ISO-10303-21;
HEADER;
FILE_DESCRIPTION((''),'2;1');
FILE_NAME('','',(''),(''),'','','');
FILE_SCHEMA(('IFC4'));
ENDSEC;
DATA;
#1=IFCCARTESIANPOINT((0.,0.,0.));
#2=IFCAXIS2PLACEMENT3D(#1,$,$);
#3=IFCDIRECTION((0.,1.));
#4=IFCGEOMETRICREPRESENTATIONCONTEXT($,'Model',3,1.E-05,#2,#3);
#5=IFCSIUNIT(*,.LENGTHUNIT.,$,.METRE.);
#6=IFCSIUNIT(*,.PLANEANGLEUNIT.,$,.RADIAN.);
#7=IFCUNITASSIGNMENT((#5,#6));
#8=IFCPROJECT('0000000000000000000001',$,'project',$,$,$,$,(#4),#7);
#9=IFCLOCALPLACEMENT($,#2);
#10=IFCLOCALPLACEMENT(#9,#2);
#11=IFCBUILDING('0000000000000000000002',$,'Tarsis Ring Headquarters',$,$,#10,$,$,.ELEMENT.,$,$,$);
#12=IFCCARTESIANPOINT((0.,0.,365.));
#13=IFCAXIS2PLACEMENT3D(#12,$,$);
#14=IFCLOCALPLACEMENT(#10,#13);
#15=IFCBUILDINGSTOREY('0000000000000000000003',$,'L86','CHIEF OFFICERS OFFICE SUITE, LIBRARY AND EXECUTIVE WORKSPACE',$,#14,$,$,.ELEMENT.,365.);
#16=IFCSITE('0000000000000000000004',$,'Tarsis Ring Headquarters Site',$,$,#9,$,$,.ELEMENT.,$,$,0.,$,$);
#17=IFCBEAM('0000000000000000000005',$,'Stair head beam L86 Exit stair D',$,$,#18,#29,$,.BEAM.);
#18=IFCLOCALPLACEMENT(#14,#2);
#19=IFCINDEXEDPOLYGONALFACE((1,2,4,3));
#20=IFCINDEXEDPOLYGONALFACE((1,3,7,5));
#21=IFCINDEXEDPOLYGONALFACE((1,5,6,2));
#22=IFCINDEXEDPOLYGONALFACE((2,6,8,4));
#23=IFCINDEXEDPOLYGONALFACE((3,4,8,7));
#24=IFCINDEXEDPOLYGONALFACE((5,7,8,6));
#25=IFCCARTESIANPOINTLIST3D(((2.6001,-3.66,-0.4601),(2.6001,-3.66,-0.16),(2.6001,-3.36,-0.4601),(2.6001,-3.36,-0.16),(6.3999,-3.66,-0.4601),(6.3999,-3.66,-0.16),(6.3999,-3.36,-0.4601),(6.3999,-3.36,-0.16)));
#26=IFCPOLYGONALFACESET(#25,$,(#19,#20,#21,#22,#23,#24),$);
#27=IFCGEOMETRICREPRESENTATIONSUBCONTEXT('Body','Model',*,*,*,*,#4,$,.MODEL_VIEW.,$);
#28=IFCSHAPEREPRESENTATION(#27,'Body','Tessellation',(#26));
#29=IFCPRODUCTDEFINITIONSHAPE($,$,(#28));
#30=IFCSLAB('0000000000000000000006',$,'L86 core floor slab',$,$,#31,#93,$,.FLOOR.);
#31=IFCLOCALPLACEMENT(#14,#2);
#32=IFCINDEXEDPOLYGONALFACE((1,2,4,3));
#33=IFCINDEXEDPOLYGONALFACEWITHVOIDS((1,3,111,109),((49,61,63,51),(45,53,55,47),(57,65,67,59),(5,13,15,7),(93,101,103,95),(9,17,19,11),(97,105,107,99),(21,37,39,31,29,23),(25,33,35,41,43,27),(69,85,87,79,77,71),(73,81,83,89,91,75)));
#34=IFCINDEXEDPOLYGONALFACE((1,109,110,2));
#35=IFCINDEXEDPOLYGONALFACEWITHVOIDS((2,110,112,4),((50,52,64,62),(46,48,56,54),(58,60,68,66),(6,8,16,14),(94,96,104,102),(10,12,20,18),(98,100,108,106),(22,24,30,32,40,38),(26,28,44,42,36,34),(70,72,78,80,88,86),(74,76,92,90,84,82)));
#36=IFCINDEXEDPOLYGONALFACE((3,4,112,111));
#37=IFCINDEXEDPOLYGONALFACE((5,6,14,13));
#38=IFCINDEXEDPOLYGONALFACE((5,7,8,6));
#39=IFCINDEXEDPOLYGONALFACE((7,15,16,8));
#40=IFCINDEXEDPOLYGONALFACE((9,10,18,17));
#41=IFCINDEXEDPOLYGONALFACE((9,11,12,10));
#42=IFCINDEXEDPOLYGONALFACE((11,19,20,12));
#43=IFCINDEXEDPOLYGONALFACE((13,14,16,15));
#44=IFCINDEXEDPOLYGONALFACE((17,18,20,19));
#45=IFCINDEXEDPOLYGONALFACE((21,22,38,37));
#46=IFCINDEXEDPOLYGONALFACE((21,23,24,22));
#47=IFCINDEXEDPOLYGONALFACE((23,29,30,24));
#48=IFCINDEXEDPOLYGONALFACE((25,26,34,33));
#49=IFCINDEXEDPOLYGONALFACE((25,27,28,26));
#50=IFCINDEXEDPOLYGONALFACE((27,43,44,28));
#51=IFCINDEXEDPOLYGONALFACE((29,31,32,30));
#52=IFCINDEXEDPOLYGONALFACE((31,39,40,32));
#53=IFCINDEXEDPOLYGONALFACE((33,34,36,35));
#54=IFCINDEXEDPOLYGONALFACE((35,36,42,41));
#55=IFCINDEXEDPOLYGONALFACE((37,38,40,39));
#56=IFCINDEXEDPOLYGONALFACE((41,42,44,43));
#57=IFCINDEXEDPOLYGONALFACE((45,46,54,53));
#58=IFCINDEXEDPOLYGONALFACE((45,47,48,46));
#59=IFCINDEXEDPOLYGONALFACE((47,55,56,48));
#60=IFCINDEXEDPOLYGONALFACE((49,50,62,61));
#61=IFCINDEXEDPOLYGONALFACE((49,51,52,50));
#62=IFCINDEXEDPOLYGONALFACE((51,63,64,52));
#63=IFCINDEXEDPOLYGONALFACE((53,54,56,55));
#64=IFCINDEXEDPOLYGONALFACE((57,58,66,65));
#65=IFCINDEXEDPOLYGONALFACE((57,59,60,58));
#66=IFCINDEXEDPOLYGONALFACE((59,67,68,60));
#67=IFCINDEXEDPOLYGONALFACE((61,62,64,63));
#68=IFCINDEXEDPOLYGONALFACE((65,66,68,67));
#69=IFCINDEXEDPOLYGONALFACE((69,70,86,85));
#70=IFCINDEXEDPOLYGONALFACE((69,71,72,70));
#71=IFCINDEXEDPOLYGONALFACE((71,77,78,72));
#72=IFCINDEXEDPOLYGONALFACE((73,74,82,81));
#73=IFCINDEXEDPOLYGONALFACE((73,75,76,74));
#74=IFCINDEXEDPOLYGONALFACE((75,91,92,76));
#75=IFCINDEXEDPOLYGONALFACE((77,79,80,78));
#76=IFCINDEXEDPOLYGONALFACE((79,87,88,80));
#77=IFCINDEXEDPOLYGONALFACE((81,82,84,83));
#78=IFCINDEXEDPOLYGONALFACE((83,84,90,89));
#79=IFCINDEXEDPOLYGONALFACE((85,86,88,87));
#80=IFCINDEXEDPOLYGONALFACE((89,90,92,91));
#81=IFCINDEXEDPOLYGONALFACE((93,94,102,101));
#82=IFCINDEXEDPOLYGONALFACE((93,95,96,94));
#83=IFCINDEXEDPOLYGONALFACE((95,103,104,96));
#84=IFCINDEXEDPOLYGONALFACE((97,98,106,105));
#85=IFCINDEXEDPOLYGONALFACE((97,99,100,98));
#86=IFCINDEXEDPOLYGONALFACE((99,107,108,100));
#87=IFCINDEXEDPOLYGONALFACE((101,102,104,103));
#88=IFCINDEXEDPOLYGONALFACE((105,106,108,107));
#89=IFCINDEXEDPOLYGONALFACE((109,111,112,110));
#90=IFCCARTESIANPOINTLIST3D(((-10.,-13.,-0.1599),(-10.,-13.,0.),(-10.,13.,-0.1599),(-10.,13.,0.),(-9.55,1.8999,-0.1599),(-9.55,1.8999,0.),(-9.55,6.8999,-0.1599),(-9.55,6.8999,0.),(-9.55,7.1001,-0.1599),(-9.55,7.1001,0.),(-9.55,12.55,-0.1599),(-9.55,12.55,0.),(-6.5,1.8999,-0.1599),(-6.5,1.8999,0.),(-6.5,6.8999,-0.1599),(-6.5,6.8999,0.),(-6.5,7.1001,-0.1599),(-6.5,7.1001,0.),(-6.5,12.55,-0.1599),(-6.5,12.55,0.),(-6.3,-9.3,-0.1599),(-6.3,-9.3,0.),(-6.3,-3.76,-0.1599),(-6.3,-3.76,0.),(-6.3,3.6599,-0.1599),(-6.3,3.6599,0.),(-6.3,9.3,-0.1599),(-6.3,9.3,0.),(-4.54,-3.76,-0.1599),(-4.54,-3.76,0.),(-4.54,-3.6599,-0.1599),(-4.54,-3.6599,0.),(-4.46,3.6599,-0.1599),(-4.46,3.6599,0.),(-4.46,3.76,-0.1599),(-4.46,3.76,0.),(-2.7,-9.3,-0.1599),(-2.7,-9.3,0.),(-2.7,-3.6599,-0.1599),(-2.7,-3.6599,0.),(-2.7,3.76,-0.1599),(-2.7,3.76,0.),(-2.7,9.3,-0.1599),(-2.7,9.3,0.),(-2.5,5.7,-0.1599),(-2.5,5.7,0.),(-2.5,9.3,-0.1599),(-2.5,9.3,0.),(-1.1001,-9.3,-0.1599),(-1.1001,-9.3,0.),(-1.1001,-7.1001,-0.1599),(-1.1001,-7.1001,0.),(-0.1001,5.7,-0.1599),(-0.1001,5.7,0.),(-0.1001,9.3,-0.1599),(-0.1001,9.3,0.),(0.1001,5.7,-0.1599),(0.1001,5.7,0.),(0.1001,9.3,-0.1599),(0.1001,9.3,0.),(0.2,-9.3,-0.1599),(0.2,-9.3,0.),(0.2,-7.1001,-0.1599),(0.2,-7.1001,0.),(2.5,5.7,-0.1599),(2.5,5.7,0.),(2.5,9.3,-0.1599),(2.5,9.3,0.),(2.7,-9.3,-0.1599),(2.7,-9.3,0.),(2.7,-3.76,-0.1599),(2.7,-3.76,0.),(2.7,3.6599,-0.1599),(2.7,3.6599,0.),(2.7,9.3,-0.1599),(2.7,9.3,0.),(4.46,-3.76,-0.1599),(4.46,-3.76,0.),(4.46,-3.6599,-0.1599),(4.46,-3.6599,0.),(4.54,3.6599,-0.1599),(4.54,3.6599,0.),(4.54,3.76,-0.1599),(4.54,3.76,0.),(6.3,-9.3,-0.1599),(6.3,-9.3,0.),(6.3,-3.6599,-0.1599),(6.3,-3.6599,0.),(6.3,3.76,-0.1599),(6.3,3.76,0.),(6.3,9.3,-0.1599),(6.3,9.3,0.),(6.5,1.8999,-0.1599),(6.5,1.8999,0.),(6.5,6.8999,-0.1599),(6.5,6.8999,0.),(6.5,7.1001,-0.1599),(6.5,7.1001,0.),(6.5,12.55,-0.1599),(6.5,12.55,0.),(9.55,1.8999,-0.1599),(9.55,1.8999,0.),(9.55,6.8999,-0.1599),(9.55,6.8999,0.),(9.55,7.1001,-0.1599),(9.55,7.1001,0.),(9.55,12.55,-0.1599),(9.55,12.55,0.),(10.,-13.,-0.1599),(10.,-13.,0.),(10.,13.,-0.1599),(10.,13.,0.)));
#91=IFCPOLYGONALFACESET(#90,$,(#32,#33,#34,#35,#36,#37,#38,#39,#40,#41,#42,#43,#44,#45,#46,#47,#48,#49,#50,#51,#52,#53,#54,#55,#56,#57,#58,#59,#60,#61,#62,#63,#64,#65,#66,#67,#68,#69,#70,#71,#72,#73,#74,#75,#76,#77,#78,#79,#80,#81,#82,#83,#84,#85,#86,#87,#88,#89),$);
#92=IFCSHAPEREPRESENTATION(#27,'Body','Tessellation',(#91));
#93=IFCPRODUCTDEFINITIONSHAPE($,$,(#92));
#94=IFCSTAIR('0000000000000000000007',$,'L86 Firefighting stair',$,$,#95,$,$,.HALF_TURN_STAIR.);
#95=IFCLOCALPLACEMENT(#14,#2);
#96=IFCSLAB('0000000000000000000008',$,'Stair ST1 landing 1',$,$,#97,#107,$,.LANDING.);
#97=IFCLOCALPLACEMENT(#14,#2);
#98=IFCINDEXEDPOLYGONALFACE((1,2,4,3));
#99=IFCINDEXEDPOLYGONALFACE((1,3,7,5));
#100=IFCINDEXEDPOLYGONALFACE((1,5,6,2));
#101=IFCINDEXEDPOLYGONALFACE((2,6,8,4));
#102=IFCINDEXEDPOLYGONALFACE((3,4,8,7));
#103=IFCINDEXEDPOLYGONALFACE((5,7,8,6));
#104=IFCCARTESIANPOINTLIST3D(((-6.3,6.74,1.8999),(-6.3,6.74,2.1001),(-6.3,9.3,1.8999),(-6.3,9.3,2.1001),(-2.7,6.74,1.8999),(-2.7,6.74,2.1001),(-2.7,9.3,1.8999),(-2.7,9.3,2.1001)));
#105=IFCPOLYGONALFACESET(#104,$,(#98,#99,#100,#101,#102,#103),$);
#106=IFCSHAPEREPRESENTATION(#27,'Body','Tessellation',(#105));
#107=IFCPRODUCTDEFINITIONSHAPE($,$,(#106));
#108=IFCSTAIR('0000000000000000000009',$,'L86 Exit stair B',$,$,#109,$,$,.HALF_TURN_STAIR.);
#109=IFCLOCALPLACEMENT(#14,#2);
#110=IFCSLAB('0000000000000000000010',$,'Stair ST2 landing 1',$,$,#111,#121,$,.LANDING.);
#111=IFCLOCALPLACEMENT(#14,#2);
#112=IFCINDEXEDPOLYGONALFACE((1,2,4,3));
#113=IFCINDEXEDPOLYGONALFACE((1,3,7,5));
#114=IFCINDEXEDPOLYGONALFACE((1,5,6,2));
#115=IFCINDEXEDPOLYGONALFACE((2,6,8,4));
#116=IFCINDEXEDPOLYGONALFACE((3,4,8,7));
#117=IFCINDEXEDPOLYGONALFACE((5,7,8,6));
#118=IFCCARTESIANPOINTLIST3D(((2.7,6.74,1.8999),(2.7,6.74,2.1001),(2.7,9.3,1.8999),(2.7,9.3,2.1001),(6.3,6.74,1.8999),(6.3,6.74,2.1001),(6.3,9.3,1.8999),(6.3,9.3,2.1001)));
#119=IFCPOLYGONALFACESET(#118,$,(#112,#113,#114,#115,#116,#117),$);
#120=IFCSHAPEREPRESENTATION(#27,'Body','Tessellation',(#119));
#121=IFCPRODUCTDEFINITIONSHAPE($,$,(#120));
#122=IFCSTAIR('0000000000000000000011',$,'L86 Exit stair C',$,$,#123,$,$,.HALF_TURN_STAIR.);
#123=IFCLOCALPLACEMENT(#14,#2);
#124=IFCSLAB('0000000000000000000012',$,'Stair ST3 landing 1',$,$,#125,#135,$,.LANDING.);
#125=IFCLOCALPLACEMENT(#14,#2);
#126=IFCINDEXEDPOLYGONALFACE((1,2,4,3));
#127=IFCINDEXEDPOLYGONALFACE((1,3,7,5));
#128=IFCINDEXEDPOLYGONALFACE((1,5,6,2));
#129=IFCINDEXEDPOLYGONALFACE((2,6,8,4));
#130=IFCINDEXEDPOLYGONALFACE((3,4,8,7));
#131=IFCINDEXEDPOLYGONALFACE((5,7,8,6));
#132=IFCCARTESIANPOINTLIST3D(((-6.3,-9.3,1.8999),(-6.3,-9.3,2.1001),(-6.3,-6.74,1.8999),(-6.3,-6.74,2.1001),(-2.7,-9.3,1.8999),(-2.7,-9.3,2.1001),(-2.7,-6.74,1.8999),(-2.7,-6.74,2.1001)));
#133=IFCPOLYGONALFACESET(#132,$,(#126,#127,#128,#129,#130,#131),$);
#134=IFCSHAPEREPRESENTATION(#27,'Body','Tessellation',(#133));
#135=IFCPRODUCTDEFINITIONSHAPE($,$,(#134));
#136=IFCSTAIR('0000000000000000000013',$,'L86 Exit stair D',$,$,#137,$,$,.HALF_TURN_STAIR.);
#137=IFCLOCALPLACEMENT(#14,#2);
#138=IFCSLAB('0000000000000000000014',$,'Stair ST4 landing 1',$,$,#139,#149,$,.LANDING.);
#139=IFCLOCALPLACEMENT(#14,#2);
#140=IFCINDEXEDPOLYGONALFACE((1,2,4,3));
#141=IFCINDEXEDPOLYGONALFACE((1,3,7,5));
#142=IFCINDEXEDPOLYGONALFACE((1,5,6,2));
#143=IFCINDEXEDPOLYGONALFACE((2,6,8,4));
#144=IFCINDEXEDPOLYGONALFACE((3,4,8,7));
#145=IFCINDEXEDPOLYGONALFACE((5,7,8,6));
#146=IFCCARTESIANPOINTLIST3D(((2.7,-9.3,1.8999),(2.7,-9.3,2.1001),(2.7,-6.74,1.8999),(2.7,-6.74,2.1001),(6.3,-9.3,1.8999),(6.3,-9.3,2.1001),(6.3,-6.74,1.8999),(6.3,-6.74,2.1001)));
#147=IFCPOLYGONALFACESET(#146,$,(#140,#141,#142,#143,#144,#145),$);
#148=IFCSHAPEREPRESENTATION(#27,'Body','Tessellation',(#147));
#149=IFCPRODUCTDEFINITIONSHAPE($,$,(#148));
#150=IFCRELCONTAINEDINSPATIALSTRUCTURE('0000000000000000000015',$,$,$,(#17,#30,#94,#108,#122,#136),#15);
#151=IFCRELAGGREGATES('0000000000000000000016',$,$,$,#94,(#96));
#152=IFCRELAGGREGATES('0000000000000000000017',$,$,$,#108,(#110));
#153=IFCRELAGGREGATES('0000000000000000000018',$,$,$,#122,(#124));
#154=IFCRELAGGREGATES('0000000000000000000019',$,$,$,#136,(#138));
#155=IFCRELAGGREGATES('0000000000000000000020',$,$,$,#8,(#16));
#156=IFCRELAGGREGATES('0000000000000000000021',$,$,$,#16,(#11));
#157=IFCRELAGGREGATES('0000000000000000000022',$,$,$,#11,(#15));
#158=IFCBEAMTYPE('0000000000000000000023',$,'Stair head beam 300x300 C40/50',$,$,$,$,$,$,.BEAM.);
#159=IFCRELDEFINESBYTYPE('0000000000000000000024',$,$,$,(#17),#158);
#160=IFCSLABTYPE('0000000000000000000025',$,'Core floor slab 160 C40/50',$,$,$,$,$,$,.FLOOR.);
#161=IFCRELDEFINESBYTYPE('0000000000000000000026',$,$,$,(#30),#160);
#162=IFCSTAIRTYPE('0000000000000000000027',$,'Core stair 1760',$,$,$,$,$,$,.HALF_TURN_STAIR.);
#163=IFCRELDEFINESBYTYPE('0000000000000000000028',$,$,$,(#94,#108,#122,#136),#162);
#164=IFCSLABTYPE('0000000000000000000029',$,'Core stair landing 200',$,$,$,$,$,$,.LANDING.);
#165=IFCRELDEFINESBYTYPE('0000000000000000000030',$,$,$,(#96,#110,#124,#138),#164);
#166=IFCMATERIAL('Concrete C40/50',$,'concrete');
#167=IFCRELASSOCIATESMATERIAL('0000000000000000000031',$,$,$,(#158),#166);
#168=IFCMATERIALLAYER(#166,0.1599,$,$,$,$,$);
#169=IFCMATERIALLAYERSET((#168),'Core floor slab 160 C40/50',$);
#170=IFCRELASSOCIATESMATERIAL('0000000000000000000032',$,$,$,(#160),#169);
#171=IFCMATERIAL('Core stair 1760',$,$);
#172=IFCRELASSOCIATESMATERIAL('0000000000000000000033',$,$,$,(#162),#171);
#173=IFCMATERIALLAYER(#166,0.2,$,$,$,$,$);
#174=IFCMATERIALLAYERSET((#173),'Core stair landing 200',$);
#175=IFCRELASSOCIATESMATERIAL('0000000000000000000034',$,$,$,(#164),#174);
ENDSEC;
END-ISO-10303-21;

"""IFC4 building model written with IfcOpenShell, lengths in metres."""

from ifc_helpers import new_model, si_unit, direction, frame, origin, origin_2d, place, context, subcontext, project, spatial, polyline, rectangle, outline, extrude, material, layer, layer_set, material_profile, profile_set, type_object, element, aggregate, save


model = new_model("IFC4")

# Units and contexts
model_context = context("Model", 3, precision=1e-05, world=origin(), true_north=direction((0.0, 1.0)))
body_context = subcontext(model_context, "Body", "Model", "MODEL_VIEW")
ifc_project = project(units=[si_unit("LENGTHUNIT", "METRE"), si_unit("PLANEANGLEUNIT", "RADIAN")], contexts=[model_context])

# Site, building, storey
site_placement = place(None, origin())
site = spatial("IfcSite", under=ifc_project, at=site_placement, Name="Tarsis Ring Headquarters Site", CompositionType="ELEMENT", RefElevation=0.0)
building_placement = place(site_placement, origin())
building = spatial("IfcBuilding", under=site, at=building_placement, Name="Tarsis Ring Headquarters", CompositionType="ELEMENT")
storey_placement = place(building_placement, frame((0.0, 0.0, 365.0)))
storey = spatial("IfcBuildingStorey", under=building, at=storey_placement, Name="L86", Description="CHIEF OFFICERS OFFICE SUITE, LIBRARY AND EXECUTIVE WORKSPACE", CompositionType="ELEMENT", Elevation=365.0)

# Beam
ifc_material_1 = material(Name="Concrete C40/50", Category="concrete")
ifc_material_profile = material_profile(ifc_material_1, rectangle(XDim=0.3, YDim=0.3, at=origin_2d()), Name="Stair head beam 300x300 C40/50")
ifc_profile_set = profile_set([ifc_material_profile], Name="Concrete C40/50")
beam_type = type_object("IfcBeamType", Name="Stair head beam 300x300 C40/50", PredefinedType="BEAM", material=ifc_profile_set)
beam_placement = place(storey_placement, frame((2.6001, -3.51, -0.3101), z_axis=(1.0, 0.0, 0.0), x_axis=(0.0, 1.0, 0.0)))
element("IfcBeam", 1, at=beam_placement, inside=storey, type_object=beam_type, Name="Stair head beam L86 Exit stair D", PredefinedType="BEAM", context=body_context, shape_type="SweptSolid", body=[
    extrude(rectangle(XDim=0.3, YDim=0.3, at=origin_2d()), origin(), (0.0, 0.0, 1.0), 3.7998),
])

# Slab
ifc_layer_1 = layer(ifc_material_1, 0.1599)
ifc_layer_set_1 = layer_set([ifc_layer_1], Name="Core floor slab 160 C40/50")
slab_type_1 = type_object("IfcSlabType", Name="Core floor slab 160 C40/50", PredefinedType="FLOOR", material=ifc_layer_set_1)
slab_1_placement = place(storey_placement, frame((0.0, 0.0, -0.1599)))
element("IfcSlab", 2, at=slab_1_placement, inside=storey, type_object=slab_type_1, Name="L86 core floor slab", PredefinedType="FLOOR", context=body_context, shape_type="SweptSolid", body=[
    extrude(outline(polyline([(-10.0, -13.0), (10.0, -13.0), (10.0, 13.0), (-10.0, 13.0), (-10.0, -13.0)]), holes=[polyline([(-2.5, 5.7), (-0.1001, 5.7), (-0.1001, 9.3), (-2.5, 9.3), (-2.5, 5.7)]), polyline([(0.1001, 5.7), (2.5, 5.7), (2.5, 9.3), (0.1001, 9.3), (0.1001, 5.7)]), polyline([(-9.55, 1.8999), (-6.5, 1.8999), (-6.5, 6.8999), (-9.55, 6.8999), (-9.55, 1.8999)]), polyline([(-9.55, 7.1001), (-6.5, 7.1001), (-6.5, 12.55), (-9.55, 12.55), (-9.55, 7.1001)]), polyline([(6.5, 1.8999), (9.55, 1.8999), (9.55, 6.8999), (6.5, 6.8999), (6.5, 1.8999)]), polyline([(6.5, 7.1001), (9.55, 7.1001), (9.55, 12.55), (6.5, 12.55), (6.5, 7.1001)]), polyline([(-1.1001, -9.3), (0.2, -9.3), (0.2, -7.1001), (-1.1001, -7.1001), (-1.1001, -9.3)]), polyline([(-2.7, 3.76), (-2.7, 9.3), (-6.3, 9.3), (-6.3, 3.6599), (-4.46, 3.6599), (-4.46, 3.76), (-2.7, 3.76)]), polyline([(6.3, 3.76), (6.3, 9.3), (2.7, 9.3), (2.7, 3.6599), (4.54, 3.6599), (4.54, 3.76), (6.3, 3.76)]), polyline([(-6.3, -3.76), (-6.3, -9.3), (-2.7, -9.3), (-2.7, -3.6599), (-4.54, -3.6599), (-4.54, -3.76), (-6.3, -3.76)]), polyline([(2.7, -3.76), (2.7, -9.3), (6.3, -9.3), (6.3, -3.6599), (4.46, -3.6599), (4.46, -3.76), (2.7, -3.76)])]), origin(), (0.0, 0.0, 1.0), 0.1599),
])

# Stairs, slabs
ifc_material_2 = material(Name="Core stair 1760")
stair_type = type_object("IfcStairType", Name="Core stair 1760", PredefinedType="HALF_TURN_STAIR", material=ifc_material_2)
stair_1_placement = place(storey_placement, origin())
stair_1 = element("IfcStair", 3, at=stair_1_placement, inside=storey, type_object=stair_type, Name="L86 Firefighting stair", PredefinedType="HALF_TURN_STAIR")
ifc_layer_2 = layer(ifc_material_1, 0.2)
ifc_layer_set_2 = layer_set([ifc_layer_2], Name="Core stair landing 200")
slab_type_2 = type_object("IfcSlabType", Name="Core stair landing 200", PredefinedType="LANDING", material=ifc_layer_set_2)
slab_2_placement = place(storey_placement, frame((0.0, 0.0, 1.8999)))
slab_2 = element("IfcSlab", 4, at=slab_2_placement, type_object=slab_type_2, Name="Stair ST1 landing 1", PredefinedType="LANDING", context=body_context, shape_type="SweptSolid", body=[
    extrude(outline(polyline([(-2.7, 6.74), (-2.7, 9.3), (-6.3, 9.3), (-6.3, 6.74), (-2.7, 6.74)])), origin(), (0.0, 0.0, 1.0), 0.2002),
])
aggregate(stair_1, [slab_2])
stair_2_placement = place(storey_placement, origin())
stair_2 = element("IfcStair", 5, at=stair_2_placement, inside=storey, type_object=stair_type, Name="L86 Exit stair B", PredefinedType="HALF_TURN_STAIR")
slab_3_placement = place(storey_placement, frame((0.0, 0.0, 1.8999)))
slab_3 = element("IfcSlab", 6, at=slab_3_placement, type_object=slab_type_2, Name="Stair ST2 landing 1", PredefinedType="LANDING", context=body_context, shape_type="SweptSolid", body=[
    extrude(outline(polyline([(6.3, 6.74), (6.3, 9.3), (2.7, 9.3), (2.7, 6.74), (6.3, 6.74)])), origin(), (0.0, 0.0, 1.0), 0.2002),
])
aggregate(stair_2, [slab_3])
stair_3_placement = place(storey_placement, origin())
stair_3 = element("IfcStair", 7, at=stair_3_placement, inside=storey, type_object=stair_type, Name="L86 Exit stair C", PredefinedType="HALF_TURN_STAIR")
slab_4_placement = place(storey_placement, frame((0.0, 0.0, 1.8999)))
slab_4 = element("IfcSlab", 8, at=slab_4_placement, type_object=slab_type_2, Name="Stair ST3 landing 1", PredefinedType="LANDING", context=body_context, shape_type="SweptSolid", body=[
    extrude(outline(polyline([(-6.3, -6.74), (-6.3, -9.3), (-2.7, -9.3), (-2.7, -6.74), (-6.3, -6.74)])), origin(), (0.0, 0.0, 1.0), 0.2002),
])
aggregate(stair_3, [slab_4])
stair_4_placement = place(storey_placement, origin())
stair_4 = element("IfcStair", 9, at=stair_4_placement, inside=storey, type_object=stair_type, Name="L86 Exit stair D", PredefinedType="HALF_TURN_STAIR")
slab_5_placement = place(storey_placement, frame((0.0, 0.0, 1.8999)))
slab_5 = element("IfcSlab", 10, at=slab_5_placement, type_object=slab_type_2, Name="Stair ST4 landing 1", PredefinedType="LANDING", context=body_context, shape_type="SweptSolid", body=[
    extrude(outline(polyline([(2.7, -6.74), (2.7, -9.3), (6.3, -9.3), (6.3, -6.74), (2.7, -6.74)])), origin(), (0.0, 0.0, 1.0), 0.2002),
])
aggregate(stair_4, [slab_5])

save(model, "model.ifc")
